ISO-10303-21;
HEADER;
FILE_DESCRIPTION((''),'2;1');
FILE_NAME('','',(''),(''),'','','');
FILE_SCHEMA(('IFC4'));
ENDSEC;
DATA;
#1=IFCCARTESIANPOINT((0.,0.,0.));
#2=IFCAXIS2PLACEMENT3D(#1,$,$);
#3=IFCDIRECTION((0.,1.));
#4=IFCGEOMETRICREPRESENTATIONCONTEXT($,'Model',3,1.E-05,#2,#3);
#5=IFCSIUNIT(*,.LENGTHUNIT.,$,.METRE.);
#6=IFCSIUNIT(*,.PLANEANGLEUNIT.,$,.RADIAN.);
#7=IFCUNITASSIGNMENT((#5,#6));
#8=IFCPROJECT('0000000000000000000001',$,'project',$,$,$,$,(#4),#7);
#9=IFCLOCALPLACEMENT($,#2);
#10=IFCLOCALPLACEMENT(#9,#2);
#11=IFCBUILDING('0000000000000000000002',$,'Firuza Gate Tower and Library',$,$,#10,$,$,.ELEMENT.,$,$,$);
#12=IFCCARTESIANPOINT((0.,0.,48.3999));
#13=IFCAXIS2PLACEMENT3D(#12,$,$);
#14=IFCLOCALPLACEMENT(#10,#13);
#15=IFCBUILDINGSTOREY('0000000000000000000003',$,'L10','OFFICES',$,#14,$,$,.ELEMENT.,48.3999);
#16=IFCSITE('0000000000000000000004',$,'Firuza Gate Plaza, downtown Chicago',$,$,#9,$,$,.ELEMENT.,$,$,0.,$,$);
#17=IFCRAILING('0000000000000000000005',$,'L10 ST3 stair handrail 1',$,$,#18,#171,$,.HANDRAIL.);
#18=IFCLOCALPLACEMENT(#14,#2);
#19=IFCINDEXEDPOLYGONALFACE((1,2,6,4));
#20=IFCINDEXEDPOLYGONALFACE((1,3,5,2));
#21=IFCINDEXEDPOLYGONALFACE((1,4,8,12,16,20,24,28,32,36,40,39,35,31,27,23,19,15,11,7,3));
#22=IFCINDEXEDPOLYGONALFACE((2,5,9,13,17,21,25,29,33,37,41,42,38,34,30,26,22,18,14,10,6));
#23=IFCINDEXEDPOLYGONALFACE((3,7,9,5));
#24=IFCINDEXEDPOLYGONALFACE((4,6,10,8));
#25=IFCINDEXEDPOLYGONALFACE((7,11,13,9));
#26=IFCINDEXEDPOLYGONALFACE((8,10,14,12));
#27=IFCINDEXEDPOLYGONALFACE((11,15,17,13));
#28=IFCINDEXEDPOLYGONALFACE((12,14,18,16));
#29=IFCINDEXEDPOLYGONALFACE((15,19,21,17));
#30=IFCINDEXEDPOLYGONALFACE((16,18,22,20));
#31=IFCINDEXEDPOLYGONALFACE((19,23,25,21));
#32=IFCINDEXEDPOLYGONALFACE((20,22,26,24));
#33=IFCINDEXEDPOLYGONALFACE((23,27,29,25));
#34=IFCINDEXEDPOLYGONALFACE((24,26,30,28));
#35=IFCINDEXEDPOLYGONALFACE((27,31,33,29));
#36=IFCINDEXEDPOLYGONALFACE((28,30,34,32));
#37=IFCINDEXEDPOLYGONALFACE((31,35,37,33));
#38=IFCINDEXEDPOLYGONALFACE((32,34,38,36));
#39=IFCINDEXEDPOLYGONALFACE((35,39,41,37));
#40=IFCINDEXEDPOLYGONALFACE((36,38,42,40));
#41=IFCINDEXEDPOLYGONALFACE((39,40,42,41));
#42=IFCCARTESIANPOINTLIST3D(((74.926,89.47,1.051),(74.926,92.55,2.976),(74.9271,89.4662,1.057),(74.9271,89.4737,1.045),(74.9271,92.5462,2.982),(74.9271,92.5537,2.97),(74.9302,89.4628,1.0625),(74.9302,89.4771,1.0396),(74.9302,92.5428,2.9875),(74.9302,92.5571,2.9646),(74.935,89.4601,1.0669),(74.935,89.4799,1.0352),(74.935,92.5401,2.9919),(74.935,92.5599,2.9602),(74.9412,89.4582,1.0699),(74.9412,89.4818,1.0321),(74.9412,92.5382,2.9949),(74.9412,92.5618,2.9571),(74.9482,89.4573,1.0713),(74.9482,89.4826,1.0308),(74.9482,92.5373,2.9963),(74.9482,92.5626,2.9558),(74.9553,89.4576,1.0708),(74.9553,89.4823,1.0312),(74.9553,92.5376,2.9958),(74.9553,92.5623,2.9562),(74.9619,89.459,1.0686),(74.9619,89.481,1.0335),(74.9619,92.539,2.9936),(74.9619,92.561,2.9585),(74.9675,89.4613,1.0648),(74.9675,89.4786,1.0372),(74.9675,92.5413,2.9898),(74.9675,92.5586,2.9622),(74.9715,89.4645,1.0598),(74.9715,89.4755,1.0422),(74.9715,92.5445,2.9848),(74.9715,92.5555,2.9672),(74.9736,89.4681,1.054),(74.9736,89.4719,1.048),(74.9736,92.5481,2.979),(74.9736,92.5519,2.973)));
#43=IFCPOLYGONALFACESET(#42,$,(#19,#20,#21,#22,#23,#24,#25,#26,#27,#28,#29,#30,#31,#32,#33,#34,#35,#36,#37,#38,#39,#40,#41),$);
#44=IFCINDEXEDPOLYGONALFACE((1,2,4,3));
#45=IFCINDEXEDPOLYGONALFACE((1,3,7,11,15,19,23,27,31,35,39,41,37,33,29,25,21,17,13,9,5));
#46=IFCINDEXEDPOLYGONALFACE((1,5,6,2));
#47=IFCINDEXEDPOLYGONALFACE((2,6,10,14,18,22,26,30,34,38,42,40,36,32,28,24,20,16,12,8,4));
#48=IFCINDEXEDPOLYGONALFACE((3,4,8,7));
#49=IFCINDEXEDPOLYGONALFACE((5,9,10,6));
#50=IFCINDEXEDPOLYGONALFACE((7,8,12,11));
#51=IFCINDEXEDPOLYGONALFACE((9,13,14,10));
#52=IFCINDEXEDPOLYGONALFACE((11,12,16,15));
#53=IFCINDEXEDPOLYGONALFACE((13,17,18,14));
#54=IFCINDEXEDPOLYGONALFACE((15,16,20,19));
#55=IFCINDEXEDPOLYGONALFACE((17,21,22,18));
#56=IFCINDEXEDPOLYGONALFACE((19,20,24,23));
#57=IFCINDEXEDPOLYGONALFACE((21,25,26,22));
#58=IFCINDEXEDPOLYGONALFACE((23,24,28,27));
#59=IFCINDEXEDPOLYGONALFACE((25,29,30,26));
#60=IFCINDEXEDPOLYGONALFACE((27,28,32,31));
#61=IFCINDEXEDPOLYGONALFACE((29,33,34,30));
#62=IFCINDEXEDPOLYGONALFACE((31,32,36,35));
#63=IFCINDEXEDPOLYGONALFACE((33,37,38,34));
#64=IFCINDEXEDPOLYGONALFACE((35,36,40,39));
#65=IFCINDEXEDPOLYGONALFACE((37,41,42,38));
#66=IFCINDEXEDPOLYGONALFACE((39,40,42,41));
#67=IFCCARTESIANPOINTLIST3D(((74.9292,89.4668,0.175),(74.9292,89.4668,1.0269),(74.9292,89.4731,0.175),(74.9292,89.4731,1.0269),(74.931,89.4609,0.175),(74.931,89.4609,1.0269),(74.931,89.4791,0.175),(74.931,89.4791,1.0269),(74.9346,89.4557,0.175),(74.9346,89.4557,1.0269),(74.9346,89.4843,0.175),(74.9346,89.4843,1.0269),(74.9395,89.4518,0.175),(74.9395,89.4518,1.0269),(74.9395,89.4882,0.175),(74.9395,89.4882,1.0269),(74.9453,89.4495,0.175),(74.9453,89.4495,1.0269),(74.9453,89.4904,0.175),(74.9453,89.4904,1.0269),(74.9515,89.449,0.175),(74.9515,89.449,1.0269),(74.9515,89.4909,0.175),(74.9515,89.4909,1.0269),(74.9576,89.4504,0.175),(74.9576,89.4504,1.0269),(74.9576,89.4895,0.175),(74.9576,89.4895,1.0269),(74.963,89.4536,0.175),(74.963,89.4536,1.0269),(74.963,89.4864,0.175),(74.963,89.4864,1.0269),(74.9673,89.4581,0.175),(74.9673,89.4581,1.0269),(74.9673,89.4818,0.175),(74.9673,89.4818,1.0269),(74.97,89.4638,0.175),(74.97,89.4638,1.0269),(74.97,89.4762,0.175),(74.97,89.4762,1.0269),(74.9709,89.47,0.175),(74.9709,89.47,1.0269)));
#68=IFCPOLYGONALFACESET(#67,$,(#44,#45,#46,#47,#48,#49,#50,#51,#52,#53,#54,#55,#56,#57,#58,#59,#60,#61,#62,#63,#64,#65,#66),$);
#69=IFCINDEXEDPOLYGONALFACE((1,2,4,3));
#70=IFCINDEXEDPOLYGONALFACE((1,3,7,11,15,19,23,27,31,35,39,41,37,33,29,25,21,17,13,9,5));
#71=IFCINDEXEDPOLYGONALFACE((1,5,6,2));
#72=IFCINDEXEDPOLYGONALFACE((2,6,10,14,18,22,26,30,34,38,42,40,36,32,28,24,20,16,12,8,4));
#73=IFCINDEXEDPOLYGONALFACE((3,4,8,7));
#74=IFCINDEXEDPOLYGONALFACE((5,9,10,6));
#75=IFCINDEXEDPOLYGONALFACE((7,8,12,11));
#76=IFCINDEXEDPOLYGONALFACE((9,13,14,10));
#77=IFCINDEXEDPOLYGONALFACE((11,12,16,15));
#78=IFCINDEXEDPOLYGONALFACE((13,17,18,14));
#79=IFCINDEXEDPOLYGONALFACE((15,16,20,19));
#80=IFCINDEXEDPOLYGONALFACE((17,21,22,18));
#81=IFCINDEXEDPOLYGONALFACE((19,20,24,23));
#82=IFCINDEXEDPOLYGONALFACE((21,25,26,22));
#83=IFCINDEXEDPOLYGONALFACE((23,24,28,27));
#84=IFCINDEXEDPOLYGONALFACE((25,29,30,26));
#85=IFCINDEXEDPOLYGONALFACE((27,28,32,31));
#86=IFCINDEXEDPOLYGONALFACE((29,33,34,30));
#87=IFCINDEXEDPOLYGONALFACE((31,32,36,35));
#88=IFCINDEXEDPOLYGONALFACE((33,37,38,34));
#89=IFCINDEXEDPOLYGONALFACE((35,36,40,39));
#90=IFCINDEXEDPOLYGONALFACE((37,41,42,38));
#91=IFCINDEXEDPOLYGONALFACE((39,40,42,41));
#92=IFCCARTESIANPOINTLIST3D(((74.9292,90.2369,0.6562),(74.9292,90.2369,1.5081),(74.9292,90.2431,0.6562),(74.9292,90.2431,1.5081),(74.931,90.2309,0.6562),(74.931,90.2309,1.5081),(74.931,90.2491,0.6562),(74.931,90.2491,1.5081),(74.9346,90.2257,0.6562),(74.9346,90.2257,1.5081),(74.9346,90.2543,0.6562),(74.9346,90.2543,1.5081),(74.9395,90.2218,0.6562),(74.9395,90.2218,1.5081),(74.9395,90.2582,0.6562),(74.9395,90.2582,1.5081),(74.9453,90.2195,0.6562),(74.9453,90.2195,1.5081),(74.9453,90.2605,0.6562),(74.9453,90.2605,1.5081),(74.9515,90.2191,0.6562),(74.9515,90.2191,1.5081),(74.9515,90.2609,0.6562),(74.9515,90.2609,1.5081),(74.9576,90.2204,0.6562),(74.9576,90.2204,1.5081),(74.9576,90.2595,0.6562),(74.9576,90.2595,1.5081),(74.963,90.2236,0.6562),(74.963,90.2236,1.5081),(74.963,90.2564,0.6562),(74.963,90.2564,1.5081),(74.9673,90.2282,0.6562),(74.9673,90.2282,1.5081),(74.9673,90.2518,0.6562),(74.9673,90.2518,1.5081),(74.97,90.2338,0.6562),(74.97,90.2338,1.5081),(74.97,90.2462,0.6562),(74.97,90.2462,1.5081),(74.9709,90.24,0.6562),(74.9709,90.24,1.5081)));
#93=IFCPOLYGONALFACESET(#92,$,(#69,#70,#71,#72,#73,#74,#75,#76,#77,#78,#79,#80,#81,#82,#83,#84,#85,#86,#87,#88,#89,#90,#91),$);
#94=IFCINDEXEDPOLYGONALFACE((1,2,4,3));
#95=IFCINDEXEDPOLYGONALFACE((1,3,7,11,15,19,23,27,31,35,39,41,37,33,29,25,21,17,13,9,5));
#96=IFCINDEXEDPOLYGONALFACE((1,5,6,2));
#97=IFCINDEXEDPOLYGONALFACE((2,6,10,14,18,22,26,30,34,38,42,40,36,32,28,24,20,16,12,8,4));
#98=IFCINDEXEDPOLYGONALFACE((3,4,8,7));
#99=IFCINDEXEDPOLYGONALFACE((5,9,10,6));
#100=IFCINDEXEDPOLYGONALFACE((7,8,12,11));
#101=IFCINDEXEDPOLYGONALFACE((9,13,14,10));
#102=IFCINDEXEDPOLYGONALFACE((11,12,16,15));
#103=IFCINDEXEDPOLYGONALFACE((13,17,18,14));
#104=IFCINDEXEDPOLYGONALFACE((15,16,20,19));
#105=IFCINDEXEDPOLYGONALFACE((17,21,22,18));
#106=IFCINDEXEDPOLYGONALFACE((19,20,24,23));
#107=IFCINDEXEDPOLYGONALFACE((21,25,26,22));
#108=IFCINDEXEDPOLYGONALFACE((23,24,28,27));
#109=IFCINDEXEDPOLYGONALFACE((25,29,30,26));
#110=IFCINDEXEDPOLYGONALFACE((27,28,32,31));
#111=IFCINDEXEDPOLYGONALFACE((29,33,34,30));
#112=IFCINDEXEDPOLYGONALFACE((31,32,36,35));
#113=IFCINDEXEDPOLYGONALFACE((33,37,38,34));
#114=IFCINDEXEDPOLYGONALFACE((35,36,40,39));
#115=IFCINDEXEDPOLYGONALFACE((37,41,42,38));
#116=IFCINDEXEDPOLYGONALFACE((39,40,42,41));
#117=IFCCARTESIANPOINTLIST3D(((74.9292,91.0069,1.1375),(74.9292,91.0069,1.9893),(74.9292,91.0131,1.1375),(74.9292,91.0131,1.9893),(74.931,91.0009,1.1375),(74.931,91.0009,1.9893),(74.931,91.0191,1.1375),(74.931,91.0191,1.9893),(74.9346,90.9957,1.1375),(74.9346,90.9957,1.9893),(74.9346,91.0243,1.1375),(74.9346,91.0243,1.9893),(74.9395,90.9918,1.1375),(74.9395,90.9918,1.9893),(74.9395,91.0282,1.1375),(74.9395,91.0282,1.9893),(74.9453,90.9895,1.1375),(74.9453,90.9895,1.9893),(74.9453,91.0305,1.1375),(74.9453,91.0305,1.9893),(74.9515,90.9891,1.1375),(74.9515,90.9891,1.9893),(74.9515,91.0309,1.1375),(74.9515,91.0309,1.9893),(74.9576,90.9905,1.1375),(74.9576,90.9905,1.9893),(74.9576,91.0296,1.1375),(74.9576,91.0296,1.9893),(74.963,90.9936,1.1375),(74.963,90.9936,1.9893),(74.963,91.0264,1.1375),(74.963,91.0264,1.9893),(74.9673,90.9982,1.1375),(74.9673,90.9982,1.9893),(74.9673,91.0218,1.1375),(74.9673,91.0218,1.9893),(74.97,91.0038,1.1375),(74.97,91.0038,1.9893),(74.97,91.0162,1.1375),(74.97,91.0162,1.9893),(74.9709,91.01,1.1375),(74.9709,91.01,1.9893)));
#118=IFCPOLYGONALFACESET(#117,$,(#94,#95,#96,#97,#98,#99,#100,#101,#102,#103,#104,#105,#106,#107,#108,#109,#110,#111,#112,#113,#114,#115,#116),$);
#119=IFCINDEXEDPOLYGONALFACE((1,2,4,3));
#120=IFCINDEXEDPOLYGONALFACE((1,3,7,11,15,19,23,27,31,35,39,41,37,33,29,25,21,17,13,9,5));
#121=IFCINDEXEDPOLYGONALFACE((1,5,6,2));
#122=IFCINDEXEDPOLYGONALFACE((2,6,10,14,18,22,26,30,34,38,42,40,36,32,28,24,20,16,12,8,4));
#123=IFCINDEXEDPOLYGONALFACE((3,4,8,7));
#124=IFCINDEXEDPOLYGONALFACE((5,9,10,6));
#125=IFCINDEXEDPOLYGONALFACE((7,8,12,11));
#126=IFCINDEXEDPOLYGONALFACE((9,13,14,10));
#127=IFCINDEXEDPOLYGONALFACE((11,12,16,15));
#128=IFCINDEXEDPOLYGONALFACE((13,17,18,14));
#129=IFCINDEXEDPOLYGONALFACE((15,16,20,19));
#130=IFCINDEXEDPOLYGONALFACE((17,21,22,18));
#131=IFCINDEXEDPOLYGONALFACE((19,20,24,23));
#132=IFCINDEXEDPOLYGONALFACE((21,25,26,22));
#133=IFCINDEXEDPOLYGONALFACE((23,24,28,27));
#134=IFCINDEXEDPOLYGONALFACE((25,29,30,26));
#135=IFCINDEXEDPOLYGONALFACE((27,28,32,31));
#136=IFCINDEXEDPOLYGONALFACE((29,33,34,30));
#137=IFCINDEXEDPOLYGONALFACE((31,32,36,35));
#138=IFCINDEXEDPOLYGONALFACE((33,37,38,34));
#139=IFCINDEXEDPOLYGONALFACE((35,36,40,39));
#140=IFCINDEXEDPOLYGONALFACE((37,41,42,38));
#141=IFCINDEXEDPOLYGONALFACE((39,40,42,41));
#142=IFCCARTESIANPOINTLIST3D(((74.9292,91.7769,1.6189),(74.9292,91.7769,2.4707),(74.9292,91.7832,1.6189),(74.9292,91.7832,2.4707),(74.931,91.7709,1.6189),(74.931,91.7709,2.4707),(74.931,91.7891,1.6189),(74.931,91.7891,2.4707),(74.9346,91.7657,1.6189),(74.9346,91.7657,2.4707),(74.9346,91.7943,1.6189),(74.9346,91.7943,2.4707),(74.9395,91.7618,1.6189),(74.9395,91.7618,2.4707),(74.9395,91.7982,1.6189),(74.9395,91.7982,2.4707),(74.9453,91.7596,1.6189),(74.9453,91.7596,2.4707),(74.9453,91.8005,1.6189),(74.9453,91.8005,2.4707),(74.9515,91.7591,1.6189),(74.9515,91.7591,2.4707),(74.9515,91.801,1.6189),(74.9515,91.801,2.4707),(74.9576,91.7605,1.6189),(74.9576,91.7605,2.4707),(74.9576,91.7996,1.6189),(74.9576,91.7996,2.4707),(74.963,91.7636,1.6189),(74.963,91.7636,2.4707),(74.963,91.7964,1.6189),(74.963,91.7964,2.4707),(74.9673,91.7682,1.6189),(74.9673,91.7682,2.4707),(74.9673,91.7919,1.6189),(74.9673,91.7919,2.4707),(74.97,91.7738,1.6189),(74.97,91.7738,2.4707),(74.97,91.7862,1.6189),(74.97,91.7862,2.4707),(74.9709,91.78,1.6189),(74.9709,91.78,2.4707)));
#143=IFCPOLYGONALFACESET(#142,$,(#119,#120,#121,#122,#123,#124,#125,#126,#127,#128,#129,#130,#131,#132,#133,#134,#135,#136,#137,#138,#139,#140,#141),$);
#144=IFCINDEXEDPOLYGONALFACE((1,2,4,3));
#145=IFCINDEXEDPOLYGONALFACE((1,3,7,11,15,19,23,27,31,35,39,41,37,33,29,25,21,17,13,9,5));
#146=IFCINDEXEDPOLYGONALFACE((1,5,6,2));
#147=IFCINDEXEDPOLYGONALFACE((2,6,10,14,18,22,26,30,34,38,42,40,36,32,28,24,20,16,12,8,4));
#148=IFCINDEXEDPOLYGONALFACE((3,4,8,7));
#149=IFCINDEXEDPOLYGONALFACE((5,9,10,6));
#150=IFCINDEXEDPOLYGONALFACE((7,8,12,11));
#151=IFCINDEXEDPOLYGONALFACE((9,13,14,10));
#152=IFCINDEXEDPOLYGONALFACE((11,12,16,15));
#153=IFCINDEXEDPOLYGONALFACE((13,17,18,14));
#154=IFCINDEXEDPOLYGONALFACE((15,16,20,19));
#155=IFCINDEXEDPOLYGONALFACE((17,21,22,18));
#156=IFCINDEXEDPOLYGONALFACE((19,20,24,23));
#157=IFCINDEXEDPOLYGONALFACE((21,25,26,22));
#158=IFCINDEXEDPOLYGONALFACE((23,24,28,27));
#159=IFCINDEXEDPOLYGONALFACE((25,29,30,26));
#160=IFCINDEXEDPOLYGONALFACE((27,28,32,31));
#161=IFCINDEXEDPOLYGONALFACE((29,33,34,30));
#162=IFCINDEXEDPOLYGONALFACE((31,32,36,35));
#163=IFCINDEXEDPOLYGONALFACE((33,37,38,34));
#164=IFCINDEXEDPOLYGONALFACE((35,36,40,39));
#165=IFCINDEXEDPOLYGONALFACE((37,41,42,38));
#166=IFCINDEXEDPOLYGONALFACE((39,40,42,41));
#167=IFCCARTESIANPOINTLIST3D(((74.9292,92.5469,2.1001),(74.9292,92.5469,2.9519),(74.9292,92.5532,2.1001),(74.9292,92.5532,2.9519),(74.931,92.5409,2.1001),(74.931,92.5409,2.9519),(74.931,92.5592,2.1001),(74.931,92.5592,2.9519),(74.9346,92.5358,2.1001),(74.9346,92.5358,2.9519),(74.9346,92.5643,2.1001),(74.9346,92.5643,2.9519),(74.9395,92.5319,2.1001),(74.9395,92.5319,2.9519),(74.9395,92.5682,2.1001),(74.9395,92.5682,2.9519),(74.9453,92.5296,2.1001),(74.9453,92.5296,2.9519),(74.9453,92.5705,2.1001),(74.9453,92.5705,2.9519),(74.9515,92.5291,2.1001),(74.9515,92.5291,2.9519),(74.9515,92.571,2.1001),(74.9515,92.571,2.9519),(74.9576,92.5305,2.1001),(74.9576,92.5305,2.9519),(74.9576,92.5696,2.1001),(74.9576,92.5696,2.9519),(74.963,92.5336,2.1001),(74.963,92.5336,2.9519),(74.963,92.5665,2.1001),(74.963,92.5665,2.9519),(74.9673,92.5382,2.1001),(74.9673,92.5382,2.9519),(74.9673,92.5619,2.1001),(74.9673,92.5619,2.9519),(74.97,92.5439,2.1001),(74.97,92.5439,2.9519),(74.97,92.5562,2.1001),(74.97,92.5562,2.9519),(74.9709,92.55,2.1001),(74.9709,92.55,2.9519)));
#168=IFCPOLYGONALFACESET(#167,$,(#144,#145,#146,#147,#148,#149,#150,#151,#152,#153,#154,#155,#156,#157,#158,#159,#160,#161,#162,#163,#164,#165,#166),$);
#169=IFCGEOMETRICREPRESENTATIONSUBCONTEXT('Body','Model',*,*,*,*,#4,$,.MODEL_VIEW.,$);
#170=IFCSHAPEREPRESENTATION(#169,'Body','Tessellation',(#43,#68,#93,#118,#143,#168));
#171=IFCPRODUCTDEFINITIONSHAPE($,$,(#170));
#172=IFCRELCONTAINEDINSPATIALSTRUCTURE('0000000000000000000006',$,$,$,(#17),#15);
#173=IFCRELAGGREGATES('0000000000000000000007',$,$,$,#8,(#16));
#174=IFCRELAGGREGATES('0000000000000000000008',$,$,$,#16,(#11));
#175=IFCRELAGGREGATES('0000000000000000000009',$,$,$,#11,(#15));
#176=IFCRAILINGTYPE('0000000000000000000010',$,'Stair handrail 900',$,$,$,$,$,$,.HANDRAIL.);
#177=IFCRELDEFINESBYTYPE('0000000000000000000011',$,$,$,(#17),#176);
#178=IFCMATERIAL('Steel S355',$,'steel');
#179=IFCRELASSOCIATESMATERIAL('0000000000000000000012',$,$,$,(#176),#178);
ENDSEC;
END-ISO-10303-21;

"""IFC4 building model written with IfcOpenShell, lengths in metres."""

from ifc_helpers import new_model, si_unit, direction, frame, origin, origin_2d, place, context, subcontext, project, spatial, circle, extrude, material, type_object, element, save


model = new_model("IFC4")

# Units and contexts
model_context = context("Model", 3, precision=1e-05, world=origin(), true_north=direction((0.0, 1.0)))
body_context = subcontext(model_context, "Body", "Model", "MODEL_VIEW")
ifc_project = project(units=[si_unit("LENGTHUNIT", "METRE"), si_unit("PLANEANGLEUNIT", "RADIAN")], contexts=[model_context])

# Site, building, storey
site_placement = place(None, origin())
site = spatial("IfcSite", under=ifc_project, at=site_placement, Name="Firuza Gate Plaza, downtown Chicago", CompositionType="ELEMENT", RefElevation=0.0)
building_placement = place(site_placement, origin())
building = spatial("IfcBuilding", under=site, at=building_placement, Name="Firuza Gate Tower and Library", CompositionType="ELEMENT")
storey_placement = place(building_placement, frame((0.0, 0.0, 48.3999)))
storey = spatial("IfcBuildingStorey", under=building, at=storey_placement, Name="L10", Description="OFFICES", CompositionType="ELEMENT", Elevation=48.3999)

# Railing
ifc_material_1 = material(Name="Steel S355", Category="steel")
railing_type_1 = type_object("IfcRailingType", Name="Stair handrail 900", PredefinedType="HANDRAIL", material=ifc_material_1)
railing_1_placement = place(storey_placement, frame((74.95, 89.47, 0.175)))
element("IfcRailing", 1, at=railing_1_placement, inside=storey, type_object=railing_type_1, Name="L10 ST3 stair handrail 1", PredefinedType="HANDRAIL", context=body_context, shape_type="SweptSolid", body=[
    extrude(circle(Radius=0.0239, at=origin_2d()), frame((0.0, 0.0, 0.876), z_axis=(0.0, 0.847998, 0.529999), x_axis=(-1.0, 0.0, 0.0)), (0.0, 0.0, 1.0), 3.6321),
    extrude(circle(Radius=0.021, at=origin_2d()), origin(), (0.0, 0.0, 1.0), 0.8518),
    extrude(circle(Radius=0.021, at=origin_2d()), frame((0.0, 0.77, 0.4812)), (0.0, 0.0, 1.0), 0.8518),
    extrude(circle(Radius=0.021, at=origin_2d()), frame((0.0, 1.54, 0.9624)), (0.0, 0.0, 1.0), 0.8518),
    extrude(circle(Radius=0.021, at=origin_2d()), frame((0.0, 2.3101, 1.4438)), (0.0, 0.0, 1.0), 0.8518),
    extrude(circle(Radius=0.021, at=origin_2d()), frame((0.0, 3.0801, 1.925)), (0.0, 0.0, 1.0), 0.8518),
])

save(model, "model.ifc")
